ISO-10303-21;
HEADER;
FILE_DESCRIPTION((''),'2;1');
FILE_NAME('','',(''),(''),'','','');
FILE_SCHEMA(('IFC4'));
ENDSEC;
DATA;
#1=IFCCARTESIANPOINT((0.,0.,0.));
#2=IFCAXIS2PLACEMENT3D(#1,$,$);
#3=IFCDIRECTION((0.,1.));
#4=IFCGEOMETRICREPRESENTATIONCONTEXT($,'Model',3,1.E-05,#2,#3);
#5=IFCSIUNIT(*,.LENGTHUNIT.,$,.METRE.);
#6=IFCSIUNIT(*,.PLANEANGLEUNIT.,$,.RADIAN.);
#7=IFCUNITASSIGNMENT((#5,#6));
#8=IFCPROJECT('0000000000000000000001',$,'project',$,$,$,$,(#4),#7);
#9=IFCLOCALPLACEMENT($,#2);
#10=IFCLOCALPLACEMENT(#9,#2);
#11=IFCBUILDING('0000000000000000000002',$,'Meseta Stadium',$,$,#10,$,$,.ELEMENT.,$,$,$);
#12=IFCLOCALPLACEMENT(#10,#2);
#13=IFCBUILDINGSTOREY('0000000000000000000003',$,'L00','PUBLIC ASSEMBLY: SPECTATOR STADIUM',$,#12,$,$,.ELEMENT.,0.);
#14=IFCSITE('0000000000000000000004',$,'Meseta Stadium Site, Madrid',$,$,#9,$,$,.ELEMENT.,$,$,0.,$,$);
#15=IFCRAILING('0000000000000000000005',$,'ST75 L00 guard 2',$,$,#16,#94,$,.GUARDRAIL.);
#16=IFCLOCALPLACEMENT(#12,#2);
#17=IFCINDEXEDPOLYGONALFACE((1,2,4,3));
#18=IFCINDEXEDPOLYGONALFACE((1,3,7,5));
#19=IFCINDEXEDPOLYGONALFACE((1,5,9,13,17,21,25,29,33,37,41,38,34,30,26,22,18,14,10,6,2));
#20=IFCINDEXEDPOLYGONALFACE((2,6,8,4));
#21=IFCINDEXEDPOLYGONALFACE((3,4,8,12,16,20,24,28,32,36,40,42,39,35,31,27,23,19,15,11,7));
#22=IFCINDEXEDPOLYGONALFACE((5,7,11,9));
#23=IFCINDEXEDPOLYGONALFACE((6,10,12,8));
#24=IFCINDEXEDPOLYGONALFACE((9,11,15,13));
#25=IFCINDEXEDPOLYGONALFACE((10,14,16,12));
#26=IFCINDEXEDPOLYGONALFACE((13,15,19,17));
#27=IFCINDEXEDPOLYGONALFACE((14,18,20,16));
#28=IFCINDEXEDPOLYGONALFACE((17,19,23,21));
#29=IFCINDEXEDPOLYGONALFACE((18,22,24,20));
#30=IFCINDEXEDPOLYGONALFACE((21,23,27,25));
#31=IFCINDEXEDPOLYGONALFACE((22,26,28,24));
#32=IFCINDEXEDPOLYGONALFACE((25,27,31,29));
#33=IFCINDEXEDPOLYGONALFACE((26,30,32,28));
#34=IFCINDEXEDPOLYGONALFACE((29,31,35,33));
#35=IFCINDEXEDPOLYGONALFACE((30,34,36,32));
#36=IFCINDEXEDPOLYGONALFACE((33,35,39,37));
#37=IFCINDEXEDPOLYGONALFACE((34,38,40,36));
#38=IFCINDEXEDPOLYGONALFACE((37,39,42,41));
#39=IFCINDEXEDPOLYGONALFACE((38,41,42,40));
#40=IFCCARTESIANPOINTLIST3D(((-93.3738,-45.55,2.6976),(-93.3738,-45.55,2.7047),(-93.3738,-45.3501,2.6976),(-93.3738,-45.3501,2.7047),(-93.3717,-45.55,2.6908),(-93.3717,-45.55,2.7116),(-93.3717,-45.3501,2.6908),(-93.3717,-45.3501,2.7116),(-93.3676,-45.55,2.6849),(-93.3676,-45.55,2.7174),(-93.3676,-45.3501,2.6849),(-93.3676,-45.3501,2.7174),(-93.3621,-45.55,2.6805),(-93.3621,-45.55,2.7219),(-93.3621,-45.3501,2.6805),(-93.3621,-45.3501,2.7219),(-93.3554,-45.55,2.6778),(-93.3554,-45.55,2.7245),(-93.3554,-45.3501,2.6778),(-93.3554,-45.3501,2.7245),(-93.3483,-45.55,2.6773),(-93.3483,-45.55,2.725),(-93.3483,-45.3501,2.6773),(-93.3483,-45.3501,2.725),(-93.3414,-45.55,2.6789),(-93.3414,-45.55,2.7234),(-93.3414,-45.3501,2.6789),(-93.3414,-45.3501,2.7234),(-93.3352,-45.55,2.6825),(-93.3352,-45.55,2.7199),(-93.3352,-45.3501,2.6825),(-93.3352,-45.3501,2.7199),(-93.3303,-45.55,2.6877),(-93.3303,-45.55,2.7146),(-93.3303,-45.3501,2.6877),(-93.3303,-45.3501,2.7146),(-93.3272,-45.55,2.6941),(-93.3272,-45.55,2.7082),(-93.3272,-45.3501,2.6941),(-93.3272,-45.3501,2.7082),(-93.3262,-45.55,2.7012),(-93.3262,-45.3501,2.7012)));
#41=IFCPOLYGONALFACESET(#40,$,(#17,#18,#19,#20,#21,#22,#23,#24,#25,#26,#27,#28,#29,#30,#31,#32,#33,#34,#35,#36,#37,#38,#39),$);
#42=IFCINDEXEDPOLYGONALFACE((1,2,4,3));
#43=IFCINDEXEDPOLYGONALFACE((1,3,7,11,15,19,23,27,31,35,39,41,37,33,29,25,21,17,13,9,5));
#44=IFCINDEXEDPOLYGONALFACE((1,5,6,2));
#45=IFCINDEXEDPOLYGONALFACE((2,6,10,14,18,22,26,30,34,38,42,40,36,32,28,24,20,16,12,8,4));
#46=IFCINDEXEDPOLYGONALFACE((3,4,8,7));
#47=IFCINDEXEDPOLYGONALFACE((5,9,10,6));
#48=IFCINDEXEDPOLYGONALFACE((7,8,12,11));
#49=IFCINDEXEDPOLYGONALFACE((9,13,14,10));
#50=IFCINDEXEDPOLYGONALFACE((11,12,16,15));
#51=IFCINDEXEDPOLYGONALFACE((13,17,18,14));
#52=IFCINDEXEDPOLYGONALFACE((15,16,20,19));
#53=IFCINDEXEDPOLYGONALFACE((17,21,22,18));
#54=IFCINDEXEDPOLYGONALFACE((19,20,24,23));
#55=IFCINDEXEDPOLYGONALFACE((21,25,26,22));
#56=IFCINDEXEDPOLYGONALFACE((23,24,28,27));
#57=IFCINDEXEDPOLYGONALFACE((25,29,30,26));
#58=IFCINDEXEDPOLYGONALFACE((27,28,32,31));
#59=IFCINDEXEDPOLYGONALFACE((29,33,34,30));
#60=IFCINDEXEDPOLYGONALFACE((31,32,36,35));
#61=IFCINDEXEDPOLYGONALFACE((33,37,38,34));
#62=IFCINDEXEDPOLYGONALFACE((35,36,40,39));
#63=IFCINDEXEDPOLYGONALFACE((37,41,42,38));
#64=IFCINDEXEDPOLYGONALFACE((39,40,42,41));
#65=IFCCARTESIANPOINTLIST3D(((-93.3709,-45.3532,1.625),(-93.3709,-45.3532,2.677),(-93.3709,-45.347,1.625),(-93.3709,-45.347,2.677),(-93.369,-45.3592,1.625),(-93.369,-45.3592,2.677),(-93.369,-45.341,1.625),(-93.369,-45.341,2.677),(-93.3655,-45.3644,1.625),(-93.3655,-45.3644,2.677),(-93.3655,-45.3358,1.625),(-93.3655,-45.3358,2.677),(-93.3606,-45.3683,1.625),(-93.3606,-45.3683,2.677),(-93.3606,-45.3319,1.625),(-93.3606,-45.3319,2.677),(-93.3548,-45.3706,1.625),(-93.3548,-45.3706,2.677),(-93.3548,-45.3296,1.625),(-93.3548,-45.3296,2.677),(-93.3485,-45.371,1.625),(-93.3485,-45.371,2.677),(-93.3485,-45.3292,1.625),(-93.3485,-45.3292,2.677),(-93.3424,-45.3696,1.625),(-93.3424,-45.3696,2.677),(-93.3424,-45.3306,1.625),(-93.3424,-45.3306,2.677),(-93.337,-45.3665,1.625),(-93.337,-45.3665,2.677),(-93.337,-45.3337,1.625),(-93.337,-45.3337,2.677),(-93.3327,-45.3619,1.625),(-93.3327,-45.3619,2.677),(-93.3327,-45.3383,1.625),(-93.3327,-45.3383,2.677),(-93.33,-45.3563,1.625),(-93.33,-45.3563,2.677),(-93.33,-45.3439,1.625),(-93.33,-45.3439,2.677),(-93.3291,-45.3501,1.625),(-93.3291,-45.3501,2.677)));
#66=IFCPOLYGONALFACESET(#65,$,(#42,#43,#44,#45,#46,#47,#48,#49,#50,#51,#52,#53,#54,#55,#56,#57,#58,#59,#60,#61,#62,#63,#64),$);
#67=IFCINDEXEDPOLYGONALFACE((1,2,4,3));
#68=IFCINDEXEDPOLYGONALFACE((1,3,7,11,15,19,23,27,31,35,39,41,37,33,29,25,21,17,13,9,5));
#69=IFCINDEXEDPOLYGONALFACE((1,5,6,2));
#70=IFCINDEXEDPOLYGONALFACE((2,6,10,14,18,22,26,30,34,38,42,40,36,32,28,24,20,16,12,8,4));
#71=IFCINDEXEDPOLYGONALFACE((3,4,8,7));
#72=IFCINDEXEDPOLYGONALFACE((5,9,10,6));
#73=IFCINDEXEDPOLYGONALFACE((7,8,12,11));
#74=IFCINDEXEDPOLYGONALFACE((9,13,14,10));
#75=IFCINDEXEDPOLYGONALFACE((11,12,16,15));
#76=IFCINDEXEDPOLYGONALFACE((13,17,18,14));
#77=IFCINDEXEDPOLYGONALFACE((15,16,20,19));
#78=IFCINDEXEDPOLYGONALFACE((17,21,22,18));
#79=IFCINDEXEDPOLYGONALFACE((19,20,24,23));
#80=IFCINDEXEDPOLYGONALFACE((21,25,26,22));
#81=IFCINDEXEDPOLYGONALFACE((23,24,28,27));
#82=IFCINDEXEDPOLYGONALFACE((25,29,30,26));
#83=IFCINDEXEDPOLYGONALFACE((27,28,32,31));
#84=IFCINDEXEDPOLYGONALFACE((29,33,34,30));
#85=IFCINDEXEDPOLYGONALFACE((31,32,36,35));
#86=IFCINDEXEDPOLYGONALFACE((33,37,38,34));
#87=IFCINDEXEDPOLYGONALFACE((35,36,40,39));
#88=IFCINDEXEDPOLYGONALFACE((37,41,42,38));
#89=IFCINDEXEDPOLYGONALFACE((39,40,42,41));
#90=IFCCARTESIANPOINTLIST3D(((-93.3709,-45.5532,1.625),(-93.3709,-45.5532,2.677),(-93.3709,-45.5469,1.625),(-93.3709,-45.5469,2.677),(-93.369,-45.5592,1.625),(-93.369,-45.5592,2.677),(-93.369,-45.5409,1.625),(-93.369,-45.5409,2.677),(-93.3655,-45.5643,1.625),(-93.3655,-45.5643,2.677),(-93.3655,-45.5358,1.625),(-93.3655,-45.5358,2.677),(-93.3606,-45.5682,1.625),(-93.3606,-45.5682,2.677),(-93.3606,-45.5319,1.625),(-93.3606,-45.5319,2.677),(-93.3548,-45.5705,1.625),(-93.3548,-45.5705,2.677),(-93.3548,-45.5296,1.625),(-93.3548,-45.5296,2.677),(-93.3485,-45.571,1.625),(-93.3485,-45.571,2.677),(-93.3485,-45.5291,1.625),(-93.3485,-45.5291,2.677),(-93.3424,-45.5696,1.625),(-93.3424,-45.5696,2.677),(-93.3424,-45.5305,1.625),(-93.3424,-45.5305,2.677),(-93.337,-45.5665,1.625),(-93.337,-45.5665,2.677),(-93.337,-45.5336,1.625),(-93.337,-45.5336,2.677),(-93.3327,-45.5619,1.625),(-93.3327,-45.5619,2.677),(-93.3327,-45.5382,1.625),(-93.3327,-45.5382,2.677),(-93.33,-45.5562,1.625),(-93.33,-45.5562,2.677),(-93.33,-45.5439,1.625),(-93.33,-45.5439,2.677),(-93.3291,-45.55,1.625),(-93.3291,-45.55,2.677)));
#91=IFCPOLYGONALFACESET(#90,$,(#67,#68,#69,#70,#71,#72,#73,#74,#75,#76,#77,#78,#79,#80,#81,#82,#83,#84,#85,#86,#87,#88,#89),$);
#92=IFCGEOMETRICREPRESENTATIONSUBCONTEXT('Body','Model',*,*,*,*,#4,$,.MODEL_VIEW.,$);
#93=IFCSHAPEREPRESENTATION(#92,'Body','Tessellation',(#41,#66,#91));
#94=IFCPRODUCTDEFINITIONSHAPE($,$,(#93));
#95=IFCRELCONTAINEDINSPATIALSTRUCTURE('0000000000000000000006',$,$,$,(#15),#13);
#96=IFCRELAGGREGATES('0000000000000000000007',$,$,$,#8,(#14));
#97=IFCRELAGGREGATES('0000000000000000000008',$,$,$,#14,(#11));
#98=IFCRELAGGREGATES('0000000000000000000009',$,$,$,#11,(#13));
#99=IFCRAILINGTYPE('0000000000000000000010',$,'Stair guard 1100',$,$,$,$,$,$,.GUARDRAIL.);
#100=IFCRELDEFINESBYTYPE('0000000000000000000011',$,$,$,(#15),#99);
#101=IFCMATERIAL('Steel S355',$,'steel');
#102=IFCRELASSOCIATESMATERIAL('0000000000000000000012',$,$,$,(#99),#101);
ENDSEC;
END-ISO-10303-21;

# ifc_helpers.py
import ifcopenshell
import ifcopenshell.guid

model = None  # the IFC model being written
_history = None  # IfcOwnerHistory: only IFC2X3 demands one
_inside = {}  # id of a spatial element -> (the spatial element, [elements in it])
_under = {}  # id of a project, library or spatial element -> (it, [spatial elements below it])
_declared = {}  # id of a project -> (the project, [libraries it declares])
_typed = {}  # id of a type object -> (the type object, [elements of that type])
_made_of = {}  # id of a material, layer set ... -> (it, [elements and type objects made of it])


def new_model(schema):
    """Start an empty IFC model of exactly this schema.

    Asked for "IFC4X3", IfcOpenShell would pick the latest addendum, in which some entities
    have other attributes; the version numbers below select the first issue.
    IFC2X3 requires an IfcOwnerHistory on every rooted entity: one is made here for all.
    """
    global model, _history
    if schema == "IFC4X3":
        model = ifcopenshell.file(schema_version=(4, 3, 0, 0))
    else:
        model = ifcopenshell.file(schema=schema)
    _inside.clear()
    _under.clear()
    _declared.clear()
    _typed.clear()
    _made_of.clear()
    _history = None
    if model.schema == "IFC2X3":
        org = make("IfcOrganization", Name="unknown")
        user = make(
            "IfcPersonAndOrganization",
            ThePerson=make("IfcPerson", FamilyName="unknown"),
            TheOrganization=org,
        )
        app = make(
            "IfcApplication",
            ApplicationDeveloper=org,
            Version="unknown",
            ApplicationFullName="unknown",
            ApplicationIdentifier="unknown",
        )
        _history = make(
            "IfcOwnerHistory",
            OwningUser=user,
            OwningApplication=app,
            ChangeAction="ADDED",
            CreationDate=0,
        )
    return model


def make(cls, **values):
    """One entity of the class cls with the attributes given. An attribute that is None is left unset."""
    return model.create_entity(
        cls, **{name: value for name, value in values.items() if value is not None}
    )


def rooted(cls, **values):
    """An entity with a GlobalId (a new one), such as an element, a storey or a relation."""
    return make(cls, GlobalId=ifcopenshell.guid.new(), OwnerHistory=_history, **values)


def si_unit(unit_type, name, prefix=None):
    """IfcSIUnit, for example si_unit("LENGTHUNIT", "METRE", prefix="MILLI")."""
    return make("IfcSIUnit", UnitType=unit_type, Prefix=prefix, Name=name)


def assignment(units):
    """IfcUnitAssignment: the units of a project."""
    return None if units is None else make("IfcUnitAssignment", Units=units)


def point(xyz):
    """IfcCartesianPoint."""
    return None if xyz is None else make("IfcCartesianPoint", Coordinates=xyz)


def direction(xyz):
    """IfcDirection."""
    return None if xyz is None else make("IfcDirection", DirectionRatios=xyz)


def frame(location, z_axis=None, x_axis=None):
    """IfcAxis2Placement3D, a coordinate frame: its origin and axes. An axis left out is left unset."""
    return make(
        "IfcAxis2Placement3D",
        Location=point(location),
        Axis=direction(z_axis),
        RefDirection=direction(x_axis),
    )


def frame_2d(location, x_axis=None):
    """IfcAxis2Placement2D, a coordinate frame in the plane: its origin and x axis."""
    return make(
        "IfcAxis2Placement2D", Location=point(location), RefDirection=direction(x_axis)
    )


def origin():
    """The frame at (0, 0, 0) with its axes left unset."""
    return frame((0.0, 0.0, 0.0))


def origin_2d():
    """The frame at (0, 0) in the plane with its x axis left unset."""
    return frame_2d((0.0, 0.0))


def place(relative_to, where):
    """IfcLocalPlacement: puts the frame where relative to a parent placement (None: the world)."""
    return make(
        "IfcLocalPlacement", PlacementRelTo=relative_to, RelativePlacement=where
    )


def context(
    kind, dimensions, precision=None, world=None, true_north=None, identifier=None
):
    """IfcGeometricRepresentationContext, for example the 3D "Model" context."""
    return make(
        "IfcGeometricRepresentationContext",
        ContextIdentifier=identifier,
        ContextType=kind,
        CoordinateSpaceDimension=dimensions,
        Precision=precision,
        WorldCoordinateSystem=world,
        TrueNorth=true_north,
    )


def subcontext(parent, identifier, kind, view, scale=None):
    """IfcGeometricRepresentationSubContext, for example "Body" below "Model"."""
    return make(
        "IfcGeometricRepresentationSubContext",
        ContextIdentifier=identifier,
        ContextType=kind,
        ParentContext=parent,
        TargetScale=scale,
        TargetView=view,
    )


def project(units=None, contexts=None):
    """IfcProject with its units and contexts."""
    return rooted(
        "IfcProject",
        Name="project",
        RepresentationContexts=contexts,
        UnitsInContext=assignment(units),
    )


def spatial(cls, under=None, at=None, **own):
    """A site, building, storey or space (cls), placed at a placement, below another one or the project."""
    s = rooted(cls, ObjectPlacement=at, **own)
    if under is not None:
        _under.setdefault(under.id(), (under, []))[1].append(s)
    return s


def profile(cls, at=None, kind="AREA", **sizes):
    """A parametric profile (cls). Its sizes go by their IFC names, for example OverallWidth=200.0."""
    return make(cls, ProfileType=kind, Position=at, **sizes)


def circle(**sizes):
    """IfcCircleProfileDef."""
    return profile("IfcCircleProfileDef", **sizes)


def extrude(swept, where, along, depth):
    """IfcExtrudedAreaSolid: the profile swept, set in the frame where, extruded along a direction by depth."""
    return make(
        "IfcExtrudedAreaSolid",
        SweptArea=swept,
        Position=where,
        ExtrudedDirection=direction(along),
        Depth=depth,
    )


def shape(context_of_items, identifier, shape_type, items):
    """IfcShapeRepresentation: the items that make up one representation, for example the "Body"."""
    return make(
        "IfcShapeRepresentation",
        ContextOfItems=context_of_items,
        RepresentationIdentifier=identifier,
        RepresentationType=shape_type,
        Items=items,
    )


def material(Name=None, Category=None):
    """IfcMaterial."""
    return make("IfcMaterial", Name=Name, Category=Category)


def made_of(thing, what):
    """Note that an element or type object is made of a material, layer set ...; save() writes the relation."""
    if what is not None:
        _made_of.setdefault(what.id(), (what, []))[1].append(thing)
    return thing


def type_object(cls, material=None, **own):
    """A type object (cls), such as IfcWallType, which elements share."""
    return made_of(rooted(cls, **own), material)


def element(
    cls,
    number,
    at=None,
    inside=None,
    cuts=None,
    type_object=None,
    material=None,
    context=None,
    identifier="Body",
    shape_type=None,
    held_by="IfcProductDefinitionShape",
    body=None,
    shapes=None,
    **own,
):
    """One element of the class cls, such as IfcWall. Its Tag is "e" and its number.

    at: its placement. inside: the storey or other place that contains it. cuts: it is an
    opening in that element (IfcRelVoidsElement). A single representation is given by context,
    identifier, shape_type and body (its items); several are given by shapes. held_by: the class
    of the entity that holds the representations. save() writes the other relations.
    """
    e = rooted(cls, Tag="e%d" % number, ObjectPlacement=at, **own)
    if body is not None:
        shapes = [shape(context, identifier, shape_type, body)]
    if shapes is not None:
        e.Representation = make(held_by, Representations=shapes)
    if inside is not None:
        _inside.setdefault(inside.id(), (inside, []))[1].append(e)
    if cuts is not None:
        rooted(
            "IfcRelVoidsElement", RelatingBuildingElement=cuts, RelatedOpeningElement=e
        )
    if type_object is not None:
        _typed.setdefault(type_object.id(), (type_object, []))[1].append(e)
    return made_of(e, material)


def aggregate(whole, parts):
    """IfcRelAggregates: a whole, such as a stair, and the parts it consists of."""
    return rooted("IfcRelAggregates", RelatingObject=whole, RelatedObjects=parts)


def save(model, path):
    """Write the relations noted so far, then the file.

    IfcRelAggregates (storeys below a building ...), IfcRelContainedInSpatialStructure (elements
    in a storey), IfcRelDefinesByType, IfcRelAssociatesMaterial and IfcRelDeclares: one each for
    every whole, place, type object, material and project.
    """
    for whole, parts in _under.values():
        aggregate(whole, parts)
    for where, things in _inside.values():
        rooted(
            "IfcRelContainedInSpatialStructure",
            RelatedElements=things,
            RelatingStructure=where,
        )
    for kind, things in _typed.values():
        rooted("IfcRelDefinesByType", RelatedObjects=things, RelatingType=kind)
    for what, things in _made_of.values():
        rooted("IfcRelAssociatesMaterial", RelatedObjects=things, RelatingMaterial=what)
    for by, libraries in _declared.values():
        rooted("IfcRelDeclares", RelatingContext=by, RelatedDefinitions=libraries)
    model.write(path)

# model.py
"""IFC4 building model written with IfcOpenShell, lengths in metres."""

from ifc_helpers import new_model, si_unit, direction, frame, origin, origin_2d, place, context, subcontext, project, spatial, circle, extrude, material, type_object, element, save


model = new_model("IFC4")

# Units and contexts
model_context = context("Model", 3, precision=1e-05, world=origin(), true_north=direction((0.0, 1.0)))
body_context = subcontext(model_context, "Body", "Model", "MODEL_VIEW")
ifc_project = project(units=[si_unit("LENGTHUNIT", "METRE"), si_unit("PLANEANGLEUNIT", "RADIAN")], contexts=[model_context])

# Site, building, storey
site_placement = place(None, origin())
site = spatial("IfcSite", under=ifc_project, at=site_placement, Name="Meseta Stadium Site, Madrid", CompositionType="ELEMENT", RefElevation=0.0)
building_placement = place(site_placement, origin())
building = spatial("IfcBuilding", under=site, at=building_placement, Name="Meseta Stadium", CompositionType="ELEMENT")
storey_placement = place(building_placement, origin())
storey = spatial("IfcBuildingStorey", under=building, at=storey_placement, Name="L00", Description="PUBLIC ASSEMBLY: SPECTATOR STADIUM", CompositionType="ELEMENT", Elevation=0.0)

# Railing
ifc_material_1 = material(Name="Steel S355", Category="steel")
railing_type_1 = type_object("IfcRailingType", Name="Stair guard 1100", PredefinedType="GUARDRAIL", material=ifc_material_1)
railing_1_placement = place(storey_placement, frame((-93.3501, -45.3501, 1.625)))
element("IfcRailing", 1, at=railing_1_placement, inside=storey, type_object=railing_type_1, Name="ST75 L00 guard 2", PredefinedType="GUARDRAIL", context=body_context, shape_type="SweptSolid", body=[
    extrude(circle(Radius=0.0239, at=origin_2d()), frame((0.0, 0.0, 1.0762), z_axis=(0.0, -1.0, 0.0), x_axis=(1.0, 0.0, 0.0)), (0.0, 0.0, 1.0), 0.2),
    extrude(circle(Radius=0.021, at=origin_2d()), origin(), (0.0, 0.0, 1.0), 1.052),
    extrude(circle(Radius=0.021, at=origin_2d()), frame((0.0, -0.2, 0.0)), (0.0, 0.0, 1.0), 1.052),
])

save(model, "model.ifc")
